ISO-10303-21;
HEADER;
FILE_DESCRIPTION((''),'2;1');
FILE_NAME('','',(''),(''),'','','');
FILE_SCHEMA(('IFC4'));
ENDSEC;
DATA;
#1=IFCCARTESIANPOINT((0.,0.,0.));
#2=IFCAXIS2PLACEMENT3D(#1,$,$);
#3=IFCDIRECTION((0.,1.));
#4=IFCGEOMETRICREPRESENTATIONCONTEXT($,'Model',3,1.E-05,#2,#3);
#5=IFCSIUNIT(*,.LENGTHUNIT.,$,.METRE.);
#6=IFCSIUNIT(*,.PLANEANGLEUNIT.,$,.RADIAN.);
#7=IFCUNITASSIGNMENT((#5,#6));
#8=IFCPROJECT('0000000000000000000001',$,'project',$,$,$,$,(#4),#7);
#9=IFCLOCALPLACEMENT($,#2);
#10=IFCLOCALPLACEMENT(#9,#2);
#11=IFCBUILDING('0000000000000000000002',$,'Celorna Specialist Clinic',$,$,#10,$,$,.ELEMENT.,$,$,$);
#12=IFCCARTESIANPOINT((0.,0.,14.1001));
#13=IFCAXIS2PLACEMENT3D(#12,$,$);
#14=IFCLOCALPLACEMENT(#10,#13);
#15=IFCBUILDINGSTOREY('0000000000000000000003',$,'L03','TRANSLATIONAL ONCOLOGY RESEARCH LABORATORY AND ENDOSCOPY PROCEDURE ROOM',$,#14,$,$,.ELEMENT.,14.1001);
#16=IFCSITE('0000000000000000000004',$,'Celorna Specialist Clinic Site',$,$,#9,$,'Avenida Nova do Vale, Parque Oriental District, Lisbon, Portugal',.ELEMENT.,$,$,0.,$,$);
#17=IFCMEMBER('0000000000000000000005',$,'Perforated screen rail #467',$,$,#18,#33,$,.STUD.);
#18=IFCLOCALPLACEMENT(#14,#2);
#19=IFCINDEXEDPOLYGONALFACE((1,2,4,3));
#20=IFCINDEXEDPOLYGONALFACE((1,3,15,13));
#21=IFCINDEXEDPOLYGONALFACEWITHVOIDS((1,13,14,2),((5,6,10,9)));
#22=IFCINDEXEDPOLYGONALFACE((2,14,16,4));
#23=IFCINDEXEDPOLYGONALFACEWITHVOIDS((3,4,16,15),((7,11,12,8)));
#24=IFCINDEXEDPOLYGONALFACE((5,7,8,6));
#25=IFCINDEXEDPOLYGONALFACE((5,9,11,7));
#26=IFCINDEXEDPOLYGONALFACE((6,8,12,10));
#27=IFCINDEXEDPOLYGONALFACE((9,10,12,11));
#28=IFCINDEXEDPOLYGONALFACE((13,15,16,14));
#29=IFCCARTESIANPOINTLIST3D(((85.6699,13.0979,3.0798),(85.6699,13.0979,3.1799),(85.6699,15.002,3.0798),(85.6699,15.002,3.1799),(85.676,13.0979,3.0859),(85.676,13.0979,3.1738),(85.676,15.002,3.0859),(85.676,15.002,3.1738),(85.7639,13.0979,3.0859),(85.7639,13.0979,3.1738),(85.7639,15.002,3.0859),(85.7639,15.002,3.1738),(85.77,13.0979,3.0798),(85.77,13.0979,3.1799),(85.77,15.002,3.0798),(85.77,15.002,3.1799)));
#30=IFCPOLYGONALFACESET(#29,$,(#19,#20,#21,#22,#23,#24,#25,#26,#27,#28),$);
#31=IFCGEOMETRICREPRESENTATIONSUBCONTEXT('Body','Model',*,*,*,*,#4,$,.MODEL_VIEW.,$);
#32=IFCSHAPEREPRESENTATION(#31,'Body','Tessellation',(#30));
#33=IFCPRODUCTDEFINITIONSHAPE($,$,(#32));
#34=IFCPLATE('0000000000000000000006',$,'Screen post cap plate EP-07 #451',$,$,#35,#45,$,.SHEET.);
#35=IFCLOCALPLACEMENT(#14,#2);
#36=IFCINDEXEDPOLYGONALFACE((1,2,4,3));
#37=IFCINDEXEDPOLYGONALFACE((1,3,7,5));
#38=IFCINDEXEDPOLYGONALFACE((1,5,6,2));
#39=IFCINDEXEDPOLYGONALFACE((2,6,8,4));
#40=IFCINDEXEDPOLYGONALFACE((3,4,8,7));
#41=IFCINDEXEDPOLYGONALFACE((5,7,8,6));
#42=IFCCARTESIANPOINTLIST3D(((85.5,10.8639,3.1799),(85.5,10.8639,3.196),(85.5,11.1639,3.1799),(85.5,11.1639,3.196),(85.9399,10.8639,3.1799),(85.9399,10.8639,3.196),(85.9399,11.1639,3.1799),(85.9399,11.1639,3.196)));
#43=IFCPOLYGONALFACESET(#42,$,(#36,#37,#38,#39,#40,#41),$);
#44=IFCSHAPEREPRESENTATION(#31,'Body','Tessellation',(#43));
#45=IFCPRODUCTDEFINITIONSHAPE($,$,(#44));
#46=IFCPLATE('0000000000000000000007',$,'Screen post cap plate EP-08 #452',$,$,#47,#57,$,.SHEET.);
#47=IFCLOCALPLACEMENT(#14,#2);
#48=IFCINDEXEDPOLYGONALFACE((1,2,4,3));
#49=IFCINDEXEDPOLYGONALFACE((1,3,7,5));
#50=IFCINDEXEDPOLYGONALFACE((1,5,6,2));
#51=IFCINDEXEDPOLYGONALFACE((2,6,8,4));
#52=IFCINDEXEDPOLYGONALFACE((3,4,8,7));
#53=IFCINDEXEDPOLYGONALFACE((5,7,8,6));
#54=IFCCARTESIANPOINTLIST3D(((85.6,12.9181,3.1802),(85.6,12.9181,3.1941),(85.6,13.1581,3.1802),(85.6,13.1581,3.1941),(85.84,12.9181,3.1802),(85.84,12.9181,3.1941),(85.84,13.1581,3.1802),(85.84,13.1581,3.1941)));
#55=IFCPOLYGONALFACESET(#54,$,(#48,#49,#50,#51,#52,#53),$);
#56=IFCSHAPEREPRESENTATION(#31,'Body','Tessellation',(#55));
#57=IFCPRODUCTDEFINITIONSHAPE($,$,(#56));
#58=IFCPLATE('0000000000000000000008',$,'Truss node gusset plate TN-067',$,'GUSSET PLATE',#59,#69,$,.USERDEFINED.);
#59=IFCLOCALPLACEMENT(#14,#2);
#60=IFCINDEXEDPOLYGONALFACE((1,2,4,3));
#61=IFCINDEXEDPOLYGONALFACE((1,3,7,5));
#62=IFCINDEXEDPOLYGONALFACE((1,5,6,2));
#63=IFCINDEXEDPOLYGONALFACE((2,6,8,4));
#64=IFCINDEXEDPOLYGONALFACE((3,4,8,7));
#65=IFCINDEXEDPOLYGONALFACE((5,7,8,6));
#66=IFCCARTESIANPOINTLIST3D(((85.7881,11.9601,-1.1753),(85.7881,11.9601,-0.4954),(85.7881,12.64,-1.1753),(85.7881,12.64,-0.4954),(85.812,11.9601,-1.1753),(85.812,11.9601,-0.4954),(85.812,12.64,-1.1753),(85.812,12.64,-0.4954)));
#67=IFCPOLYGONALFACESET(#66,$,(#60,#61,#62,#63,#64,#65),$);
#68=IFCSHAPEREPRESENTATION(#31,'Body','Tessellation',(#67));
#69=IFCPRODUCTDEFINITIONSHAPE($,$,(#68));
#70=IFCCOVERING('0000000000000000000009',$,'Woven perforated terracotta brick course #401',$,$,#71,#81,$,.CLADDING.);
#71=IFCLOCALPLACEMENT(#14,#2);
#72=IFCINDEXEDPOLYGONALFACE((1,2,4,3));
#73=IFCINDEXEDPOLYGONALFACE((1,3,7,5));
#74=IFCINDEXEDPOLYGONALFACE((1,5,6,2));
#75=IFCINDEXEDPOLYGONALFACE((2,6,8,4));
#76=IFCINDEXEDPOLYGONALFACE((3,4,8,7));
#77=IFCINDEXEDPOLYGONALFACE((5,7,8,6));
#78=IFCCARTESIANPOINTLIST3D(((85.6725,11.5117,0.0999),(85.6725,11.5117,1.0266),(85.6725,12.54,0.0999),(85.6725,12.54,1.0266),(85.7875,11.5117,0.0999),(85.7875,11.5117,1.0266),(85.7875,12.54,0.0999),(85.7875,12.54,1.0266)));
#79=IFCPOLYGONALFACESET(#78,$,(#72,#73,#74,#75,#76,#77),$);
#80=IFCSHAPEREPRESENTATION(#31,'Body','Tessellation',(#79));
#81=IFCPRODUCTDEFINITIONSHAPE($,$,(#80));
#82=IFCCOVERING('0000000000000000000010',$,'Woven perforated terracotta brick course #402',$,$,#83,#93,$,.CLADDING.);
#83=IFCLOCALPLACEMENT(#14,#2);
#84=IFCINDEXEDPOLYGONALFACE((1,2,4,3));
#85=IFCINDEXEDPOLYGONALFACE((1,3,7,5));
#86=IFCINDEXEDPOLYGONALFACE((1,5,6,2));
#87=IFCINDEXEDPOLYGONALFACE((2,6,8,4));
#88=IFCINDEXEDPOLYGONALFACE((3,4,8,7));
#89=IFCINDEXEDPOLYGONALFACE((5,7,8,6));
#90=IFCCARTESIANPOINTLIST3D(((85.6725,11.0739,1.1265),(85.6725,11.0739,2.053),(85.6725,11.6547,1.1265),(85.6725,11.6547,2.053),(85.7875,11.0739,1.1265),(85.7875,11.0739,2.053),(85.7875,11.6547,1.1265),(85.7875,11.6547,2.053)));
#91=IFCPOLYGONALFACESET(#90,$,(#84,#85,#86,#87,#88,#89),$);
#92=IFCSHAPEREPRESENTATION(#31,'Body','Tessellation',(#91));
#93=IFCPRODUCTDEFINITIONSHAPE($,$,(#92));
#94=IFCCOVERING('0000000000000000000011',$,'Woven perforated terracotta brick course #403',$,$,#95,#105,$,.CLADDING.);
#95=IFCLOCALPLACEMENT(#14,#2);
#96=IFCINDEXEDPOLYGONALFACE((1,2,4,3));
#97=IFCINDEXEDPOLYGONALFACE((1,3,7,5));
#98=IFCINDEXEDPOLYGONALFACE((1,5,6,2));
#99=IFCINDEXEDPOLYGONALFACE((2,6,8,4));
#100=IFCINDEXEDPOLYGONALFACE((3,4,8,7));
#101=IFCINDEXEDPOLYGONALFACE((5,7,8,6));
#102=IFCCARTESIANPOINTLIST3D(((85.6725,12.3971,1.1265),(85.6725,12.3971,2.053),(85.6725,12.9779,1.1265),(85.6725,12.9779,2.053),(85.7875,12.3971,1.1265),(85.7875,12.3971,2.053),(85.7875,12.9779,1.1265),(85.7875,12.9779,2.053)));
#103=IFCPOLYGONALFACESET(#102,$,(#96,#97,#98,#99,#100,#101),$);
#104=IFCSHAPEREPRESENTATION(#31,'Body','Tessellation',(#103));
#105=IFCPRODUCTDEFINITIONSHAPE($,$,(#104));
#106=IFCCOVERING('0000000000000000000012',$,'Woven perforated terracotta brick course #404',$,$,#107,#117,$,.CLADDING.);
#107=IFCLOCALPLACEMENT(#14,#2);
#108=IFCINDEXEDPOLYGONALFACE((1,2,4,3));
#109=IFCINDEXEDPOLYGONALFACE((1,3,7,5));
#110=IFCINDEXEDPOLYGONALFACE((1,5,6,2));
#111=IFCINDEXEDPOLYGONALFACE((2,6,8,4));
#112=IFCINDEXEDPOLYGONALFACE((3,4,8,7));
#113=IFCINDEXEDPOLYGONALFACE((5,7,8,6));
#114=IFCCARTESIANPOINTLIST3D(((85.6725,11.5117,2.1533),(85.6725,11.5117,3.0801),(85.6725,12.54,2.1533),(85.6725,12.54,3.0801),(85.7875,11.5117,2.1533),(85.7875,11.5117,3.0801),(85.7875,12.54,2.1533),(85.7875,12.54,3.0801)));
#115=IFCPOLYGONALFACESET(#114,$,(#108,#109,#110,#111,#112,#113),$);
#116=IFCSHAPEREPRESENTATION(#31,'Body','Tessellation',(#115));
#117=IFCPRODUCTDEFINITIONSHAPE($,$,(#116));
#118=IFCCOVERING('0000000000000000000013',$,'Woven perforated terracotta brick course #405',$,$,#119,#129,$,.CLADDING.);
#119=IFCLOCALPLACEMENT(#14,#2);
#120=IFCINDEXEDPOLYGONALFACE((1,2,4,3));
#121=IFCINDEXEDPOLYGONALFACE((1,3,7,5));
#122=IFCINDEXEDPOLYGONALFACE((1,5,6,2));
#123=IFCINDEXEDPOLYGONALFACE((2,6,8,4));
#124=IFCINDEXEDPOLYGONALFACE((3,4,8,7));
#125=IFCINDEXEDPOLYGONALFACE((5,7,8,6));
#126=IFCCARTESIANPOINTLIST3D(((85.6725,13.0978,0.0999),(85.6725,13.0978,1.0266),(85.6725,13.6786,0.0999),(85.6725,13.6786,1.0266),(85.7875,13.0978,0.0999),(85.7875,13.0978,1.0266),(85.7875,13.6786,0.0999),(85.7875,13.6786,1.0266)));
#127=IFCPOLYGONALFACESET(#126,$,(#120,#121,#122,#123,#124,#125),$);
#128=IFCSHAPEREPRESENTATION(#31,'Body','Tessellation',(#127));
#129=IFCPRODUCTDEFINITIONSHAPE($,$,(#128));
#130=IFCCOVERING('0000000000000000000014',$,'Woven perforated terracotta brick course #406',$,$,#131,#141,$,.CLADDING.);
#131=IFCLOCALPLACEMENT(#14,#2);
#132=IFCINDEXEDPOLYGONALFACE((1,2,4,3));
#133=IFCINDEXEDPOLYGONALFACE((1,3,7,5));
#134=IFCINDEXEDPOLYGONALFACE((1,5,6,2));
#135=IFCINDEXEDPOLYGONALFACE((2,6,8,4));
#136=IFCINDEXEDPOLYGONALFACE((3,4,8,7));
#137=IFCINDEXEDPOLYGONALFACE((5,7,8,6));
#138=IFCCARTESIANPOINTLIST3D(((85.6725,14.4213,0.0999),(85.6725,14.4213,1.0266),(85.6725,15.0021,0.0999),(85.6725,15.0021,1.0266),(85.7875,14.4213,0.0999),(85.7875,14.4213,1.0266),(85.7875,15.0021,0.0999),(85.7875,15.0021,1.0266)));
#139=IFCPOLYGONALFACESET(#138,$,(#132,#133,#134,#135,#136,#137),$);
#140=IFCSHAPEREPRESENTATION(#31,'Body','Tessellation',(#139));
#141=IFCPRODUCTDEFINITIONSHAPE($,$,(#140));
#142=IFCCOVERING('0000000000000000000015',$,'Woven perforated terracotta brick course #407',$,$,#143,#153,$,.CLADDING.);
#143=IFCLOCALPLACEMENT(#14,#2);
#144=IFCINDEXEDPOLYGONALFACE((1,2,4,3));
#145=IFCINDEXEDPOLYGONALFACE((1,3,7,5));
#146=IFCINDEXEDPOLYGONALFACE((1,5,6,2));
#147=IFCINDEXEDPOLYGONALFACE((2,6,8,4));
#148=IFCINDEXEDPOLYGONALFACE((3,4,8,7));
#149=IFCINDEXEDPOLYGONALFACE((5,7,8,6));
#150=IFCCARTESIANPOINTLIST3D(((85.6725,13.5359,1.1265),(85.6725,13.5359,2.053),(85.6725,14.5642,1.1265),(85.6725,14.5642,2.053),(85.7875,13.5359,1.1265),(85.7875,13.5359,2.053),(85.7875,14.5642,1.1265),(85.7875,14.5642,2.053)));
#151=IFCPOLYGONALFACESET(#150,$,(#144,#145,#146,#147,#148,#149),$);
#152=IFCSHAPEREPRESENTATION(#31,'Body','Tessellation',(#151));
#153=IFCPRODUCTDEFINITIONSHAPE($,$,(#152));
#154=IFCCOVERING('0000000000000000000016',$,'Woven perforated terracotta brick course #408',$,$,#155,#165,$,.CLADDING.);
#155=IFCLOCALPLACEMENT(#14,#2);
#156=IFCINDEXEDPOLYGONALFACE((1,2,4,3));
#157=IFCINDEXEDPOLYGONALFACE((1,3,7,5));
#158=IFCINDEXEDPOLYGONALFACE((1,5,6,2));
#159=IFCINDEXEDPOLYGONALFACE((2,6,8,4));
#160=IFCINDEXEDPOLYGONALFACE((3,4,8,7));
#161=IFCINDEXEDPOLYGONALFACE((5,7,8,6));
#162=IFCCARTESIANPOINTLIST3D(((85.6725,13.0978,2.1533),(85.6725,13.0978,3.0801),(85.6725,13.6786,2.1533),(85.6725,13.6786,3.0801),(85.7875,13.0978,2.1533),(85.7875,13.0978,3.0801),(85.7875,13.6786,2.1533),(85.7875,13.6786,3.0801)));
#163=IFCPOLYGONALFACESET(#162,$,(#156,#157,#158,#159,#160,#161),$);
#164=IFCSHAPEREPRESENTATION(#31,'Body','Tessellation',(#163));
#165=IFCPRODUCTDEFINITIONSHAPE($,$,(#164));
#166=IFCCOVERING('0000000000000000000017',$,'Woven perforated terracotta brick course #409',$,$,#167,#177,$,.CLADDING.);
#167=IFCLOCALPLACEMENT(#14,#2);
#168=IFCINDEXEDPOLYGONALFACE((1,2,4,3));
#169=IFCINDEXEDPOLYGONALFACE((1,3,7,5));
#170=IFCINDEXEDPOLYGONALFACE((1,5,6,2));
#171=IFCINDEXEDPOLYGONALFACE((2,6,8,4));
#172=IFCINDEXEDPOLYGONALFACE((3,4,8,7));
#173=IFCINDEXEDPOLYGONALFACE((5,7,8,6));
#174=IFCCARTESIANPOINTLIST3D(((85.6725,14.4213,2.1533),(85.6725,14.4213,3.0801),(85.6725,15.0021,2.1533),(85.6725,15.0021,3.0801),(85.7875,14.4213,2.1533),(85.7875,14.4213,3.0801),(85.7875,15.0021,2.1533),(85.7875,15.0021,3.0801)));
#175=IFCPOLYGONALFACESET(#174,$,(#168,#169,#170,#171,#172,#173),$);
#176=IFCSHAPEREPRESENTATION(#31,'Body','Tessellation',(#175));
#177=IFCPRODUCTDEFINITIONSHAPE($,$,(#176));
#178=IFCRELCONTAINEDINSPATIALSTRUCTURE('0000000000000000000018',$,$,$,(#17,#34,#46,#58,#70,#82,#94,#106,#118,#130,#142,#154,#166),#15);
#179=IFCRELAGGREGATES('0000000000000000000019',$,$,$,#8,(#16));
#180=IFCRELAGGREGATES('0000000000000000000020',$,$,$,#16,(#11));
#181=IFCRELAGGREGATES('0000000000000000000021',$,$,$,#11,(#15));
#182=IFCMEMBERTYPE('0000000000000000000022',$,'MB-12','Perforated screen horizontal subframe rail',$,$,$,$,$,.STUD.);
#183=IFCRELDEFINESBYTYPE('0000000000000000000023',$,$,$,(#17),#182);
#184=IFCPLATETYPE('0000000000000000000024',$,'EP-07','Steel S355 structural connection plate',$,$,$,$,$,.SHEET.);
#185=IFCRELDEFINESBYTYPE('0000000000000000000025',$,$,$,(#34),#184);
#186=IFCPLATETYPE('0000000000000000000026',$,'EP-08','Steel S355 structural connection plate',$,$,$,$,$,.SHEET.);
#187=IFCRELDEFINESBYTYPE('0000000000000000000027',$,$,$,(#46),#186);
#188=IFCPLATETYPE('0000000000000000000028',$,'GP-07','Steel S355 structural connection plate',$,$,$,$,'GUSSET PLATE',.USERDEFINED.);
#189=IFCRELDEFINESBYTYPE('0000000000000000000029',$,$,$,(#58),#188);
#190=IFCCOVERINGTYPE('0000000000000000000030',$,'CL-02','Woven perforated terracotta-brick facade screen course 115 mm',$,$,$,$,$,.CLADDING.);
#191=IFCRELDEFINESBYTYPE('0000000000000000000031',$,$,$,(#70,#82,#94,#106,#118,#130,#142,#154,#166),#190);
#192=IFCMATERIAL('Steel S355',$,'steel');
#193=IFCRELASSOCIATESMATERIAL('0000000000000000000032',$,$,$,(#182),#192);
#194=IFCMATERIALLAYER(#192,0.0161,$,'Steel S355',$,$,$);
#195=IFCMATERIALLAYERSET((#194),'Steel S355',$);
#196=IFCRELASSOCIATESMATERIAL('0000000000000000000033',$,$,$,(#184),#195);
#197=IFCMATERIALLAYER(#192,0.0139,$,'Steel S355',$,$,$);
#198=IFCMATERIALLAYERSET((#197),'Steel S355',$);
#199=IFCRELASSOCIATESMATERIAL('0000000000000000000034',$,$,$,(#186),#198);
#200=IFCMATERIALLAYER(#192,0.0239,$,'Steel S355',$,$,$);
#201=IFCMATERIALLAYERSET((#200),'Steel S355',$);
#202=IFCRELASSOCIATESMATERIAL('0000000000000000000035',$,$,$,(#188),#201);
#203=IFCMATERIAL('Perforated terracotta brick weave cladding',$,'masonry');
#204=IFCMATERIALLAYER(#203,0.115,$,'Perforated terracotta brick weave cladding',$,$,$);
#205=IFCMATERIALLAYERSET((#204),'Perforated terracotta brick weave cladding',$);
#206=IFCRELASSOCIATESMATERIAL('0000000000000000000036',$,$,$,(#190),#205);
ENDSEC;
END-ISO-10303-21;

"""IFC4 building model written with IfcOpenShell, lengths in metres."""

from ifc_helpers import new_model, si_unit, direction, frame, origin, origin_2d, place, context, subcontext, project, spatial, rectangle, hollow_rectangle, extrude, material, layer, layer_set, material_profile, profile_set, type_object, element, save


model = new_model("IFC4")

# Units and contexts
model_context = context("Model", 3, precision=1e-05, world=origin(), true_north=direction((0.0, 1.0)))
body_context = subcontext(model_context, "Body", "Model", "MODEL_VIEW")
ifc_project = project(units=[si_unit("LENGTHUNIT", "METRE"), si_unit("PLANEANGLEUNIT", "RADIAN")], contexts=[model_context])

# Site, building, storey
site_placement = place(None, origin())
site = spatial("IfcSite", under=ifc_project, at=site_placement, Name="Celorna Specialist Clinic Site", LongName="Avenida Nova do Vale, Parque Oriental District, Lisbon, Portugal", CompositionType="ELEMENT", RefElevation=0.0)
building_placement = place(site_placement, origin())
building = spatial("IfcBuilding", under=site, at=building_placement, Name="Celorna Specialist Clinic", CompositionType="ELEMENT")
storey_placement = place(building_placement, frame((0.0, 0.0, 14.1001)))
storey = spatial("IfcBuildingStorey", under=building, at=storey_placement, Name="L03", Description="TRANSLATIONAL ONCOLOGY RESEARCH LABORATORY AND ENDOSCOPY PROCEDURE ROOM", CompositionType="ELEMENT", Elevation=14.1001)

# Member
ifc_material_1 = material(Name="Steel S355", Category="steel")
ifc_material_profile_1 = material_profile(ifc_material_1, hollow_rectangle(XDim=0.1001, YDim=0.1001, WallThickness=0.0061, at=origin_2d()), Name="SHS 100x100x6")
ifc_profile_set_1 = profile_set([ifc_material_profile_1], Name="Steel S355")
member_type_1 = type_object("IfcMemberType", Name="MB-12", Description="Perforated screen horizontal subframe rail", PredefinedType="STUD", material=ifc_profile_set_1)
for number, where, z_axis, x_axis, name in (
    (1, (85.72, 13.0979, 3.1299), (0.0, 1.0, 0.0), (-1.0, 0.0, 0.0), "Perforated screen rail #467"),
):
    element("IfcMember", number, at=place(storey_placement, frame(where, z_axis=z_axis, x_axis=x_axis)), inside=storey, type_object=member_type_1, Name=name, PredefinedType="STUD", context=body_context, shape_type="SweptSolid", body=[
        extrude(hollow_rectangle(XDim=0.1001, YDim=0.1001, WallThickness=0.0061, at=origin_2d()), origin(), (0.0, 0.0, 1.0), 1.9041),
    ])

# Plates
ifc_layer_1 = layer(ifc_material_1, 0.0161, Name="Steel S355")
ifc_layer_set_1 = layer_set([ifc_layer_1], Name="Steel S355")
plate_type_1 = type_object("IfcPlateType", Name="EP-07", Description="Steel S355 structural connection plate", PredefinedType="SHEET", material=ifc_layer_set_1)
plate_1_placement = place(storey_placement, frame((85.72, 11.0139, 3.1799), z_axis=(0.0, 0.0, 1.0), x_axis=(0.0, 1.0, 0.0)))
element("IfcPlate", 2, at=plate_1_placement, inside=storey, type_object=plate_type_1, Name="Screen post cap plate EP-07 #451", PredefinedType="SHEET", context=body_context, shape_type="SweptSolid", body=[
    extrude(rectangle(XDim=0.3, YDim=0.4399, at=origin_2d()), origin(), (0.0, 0.0, 1.0), 0.0161),
])
ifc_layer_2 = layer(ifc_material_1, 0.0139, Name="Steel S355")
ifc_layer_set_2 = layer_set([ifc_layer_2], Name="Steel S355")
plate_type_2 = type_object("IfcPlateType", Name="EP-08", Description="Steel S355 structural connection plate", PredefinedType="SHEET", material=ifc_layer_set_2)
plate_2_placement = place(storey_placement, frame((85.72, 13.0381, 3.1802), z_axis=(0.0, 0.0, 1.0), x_axis=(0.0, 1.0, 0.0)))
element("IfcPlate", 3, at=plate_2_placement, inside=storey, type_object=plate_type_2, Name="Screen post cap plate EP-08 #452", PredefinedType="SHEET", context=body_context, shape_type="SweptSolid", body=[
    extrude(rectangle(XDim=0.24, YDim=0.24, at=origin_2d()), origin(), (0.0, 0.0, 1.0), 0.0139),
])
ifc_layer_3 = layer(ifc_material_1, 0.0239, Name="Steel S355")
ifc_layer_set_3 = layer_set([ifc_layer_3], Name="Steel S355")
plate_type_3 = type_object("IfcPlateType", Name="GP-07", Description="Steel S355 structural connection plate", ElementType="GUSSET PLATE", PredefinedType="USERDEFINED", material=ifc_layer_set_3)
plate_3_placement = place(storey_placement, frame((85.8, 12.3, -1.1753), z_axis=(0.0, 0.0, 1.0), x_axis=(0.0, 1.0, 0.0)))
element("IfcPlate", 4, at=plate_3_placement, inside=storey, type_object=plate_type_3, Name="Truss node gusset plate TN-067", ObjectType="GUSSET PLATE", PredefinedType="USERDEFINED", context=body_context, shape_type="SweptSolid", body=[
    extrude(rectangle(XDim=0.6799, YDim=0.0239, at=origin_2d()), origin(), (0.0, 0.0, 1.0), 0.6799),
])

# Coverings
ifc_material_2 = material(Name="Perforated terracotta brick weave cladding", Category="masonry")
ifc_layer_4 = layer(ifc_material_2, 0.115, Name="Perforated terracotta brick weave cladding")
ifc_layer_set_4 = layer_set([ifc_layer_4], Name="Perforated terracotta brick weave cladding")
covering_type = type_object("IfcCoveringType", Name="CL-02", Description="Woven perforated terracotta-brick facade screen course 115 mm", PredefinedType="CLADDING", material=ifc_layer_set_4)
covering_1_placement = place(storey_placement, frame((85.73, 12.0259, 0.0999), z_axis=(0.0, 0.0, 1.0), x_axis=(0.0, 1.0, 0.0)))
element("IfcCovering", 5, at=covering_1_placement, inside=storey, type_object=covering_type, Name="Woven perforated terracotta brick course #401", PredefinedType="CLADDING", context=body_context, shape_type="SweptSolid", body=[
    extrude(rectangle(XDim=1.0283, YDim=0.115, at=origin_2d()), origin(), (0.0, 0.0, 1.0), 0.9268),
])
for number, where, z_axis, x_axis, name in (
    (6, (85.73, 11.3643, 1.1265), (0.0, 0.0, 1.0), (0.0, 1.0, 0.0), "Woven perforated terracotta brick course #402"),
    (7, (85.73, 12.6875, 1.1265), (0.0, 0.0, 1.0), (0.0, 1.0, 0.0), "Woven perforated terracotta brick course #403"),
):
    element("IfcCovering", number, at=place(storey_placement, frame(where, z_axis=z_axis, x_axis=x_axis)), inside=storey, type_object=covering_type, Name=name, PredefinedType="CLADDING", context=body_context, shape_type="SweptSolid", body=[
        extrude(rectangle(XDim=0.5808, YDim=0.115, at=origin_2d()), origin(), (0.0, 0.0, 1.0), 0.9265),
    ])
covering_2_placement = place(storey_placement, frame((85.73, 12.0259, 2.1533), z_axis=(0.0, 0.0, 1.0), x_axis=(0.0, 1.0, 0.0)))
element("IfcCovering", 8, at=covering_2_placement, inside=storey, type_object=covering_type, Name="Woven perforated terracotta brick course #404", PredefinedType="CLADDING", context=body_context, shape_type="SweptSolid", body=[
    extrude(rectangle(XDim=1.0283, YDim=0.115, at=origin_2d()), origin(), (0.0, 0.0, 1.0), 0.9268),
])
for number, where, z_axis, x_axis, name in (
    (9, (85.73, 13.3882, 0.0999), (0.0, 0.0, 1.0), (0.0, 1.0, 0.0), "Woven perforated terracotta brick course #405"),
    (10, (85.73, 14.7117, 0.0999), (0.0, 0.0, 1.0), (0.0, 1.0, 0.0), "Woven perforated terracotta brick course #406"),
):
    element("IfcCovering", number, at=place(storey_placement, frame(where, z_axis=z_axis, x_axis=x_axis)), inside=storey, type_object=covering_type, Name=name, PredefinedType="CLADDING", context=body_context, shape_type="SweptSolid", body=[
        extrude(rectangle(XDim=0.5808, YDim=0.115, at=origin_2d()), origin(), (0.0, 0.0, 1.0), 0.9268),
    ])
covering_3_placement = place(storey_placement, frame((85.73, 14.05, 1.1265), z_axis=(0.0, 0.0, 1.0), x_axis=(0.0, 1.0, 0.0)))
element("IfcCovering", 11, at=covering_3_placement, inside=storey, type_object=covering_type, Name="Woven perforated terracotta brick course #407", PredefinedType="CLADDING", context=body_context, shape_type="SweptSolid", body=[
    extrude(rectangle(XDim=1.0283, YDim=0.115, at=origin_2d()), origin(), (0.0, 0.0, 1.0), 0.9265),
])
for number, where, z_axis, x_axis, name in (
    (12, (85.73, 13.3882, 2.1533), (0.0, 0.0, 1.0), (0.0, 1.0, 0.0), "Woven perforated terracotta brick course #408"),
    (13, (85.73, 14.7117, 2.1533), (0.0, 0.0, 1.0), (0.0, 1.0, 0.0), "Woven perforated terracotta brick course #409"),
):
    element("IfcCovering", number, at=place(storey_placement, frame(where, z_axis=z_axis, x_axis=x_axis)), inside=storey, type_object=covering_type, Name=name, PredefinedType="CLADDING", context=body_context, shape_type="SweptSolid", body=[
        extrude(rectangle(XDim=0.5808, YDim=0.115, at=origin_2d()), origin(), (0.0, 0.0, 1.0), 0.9268),
    ])

save(model, "model.ifc")
